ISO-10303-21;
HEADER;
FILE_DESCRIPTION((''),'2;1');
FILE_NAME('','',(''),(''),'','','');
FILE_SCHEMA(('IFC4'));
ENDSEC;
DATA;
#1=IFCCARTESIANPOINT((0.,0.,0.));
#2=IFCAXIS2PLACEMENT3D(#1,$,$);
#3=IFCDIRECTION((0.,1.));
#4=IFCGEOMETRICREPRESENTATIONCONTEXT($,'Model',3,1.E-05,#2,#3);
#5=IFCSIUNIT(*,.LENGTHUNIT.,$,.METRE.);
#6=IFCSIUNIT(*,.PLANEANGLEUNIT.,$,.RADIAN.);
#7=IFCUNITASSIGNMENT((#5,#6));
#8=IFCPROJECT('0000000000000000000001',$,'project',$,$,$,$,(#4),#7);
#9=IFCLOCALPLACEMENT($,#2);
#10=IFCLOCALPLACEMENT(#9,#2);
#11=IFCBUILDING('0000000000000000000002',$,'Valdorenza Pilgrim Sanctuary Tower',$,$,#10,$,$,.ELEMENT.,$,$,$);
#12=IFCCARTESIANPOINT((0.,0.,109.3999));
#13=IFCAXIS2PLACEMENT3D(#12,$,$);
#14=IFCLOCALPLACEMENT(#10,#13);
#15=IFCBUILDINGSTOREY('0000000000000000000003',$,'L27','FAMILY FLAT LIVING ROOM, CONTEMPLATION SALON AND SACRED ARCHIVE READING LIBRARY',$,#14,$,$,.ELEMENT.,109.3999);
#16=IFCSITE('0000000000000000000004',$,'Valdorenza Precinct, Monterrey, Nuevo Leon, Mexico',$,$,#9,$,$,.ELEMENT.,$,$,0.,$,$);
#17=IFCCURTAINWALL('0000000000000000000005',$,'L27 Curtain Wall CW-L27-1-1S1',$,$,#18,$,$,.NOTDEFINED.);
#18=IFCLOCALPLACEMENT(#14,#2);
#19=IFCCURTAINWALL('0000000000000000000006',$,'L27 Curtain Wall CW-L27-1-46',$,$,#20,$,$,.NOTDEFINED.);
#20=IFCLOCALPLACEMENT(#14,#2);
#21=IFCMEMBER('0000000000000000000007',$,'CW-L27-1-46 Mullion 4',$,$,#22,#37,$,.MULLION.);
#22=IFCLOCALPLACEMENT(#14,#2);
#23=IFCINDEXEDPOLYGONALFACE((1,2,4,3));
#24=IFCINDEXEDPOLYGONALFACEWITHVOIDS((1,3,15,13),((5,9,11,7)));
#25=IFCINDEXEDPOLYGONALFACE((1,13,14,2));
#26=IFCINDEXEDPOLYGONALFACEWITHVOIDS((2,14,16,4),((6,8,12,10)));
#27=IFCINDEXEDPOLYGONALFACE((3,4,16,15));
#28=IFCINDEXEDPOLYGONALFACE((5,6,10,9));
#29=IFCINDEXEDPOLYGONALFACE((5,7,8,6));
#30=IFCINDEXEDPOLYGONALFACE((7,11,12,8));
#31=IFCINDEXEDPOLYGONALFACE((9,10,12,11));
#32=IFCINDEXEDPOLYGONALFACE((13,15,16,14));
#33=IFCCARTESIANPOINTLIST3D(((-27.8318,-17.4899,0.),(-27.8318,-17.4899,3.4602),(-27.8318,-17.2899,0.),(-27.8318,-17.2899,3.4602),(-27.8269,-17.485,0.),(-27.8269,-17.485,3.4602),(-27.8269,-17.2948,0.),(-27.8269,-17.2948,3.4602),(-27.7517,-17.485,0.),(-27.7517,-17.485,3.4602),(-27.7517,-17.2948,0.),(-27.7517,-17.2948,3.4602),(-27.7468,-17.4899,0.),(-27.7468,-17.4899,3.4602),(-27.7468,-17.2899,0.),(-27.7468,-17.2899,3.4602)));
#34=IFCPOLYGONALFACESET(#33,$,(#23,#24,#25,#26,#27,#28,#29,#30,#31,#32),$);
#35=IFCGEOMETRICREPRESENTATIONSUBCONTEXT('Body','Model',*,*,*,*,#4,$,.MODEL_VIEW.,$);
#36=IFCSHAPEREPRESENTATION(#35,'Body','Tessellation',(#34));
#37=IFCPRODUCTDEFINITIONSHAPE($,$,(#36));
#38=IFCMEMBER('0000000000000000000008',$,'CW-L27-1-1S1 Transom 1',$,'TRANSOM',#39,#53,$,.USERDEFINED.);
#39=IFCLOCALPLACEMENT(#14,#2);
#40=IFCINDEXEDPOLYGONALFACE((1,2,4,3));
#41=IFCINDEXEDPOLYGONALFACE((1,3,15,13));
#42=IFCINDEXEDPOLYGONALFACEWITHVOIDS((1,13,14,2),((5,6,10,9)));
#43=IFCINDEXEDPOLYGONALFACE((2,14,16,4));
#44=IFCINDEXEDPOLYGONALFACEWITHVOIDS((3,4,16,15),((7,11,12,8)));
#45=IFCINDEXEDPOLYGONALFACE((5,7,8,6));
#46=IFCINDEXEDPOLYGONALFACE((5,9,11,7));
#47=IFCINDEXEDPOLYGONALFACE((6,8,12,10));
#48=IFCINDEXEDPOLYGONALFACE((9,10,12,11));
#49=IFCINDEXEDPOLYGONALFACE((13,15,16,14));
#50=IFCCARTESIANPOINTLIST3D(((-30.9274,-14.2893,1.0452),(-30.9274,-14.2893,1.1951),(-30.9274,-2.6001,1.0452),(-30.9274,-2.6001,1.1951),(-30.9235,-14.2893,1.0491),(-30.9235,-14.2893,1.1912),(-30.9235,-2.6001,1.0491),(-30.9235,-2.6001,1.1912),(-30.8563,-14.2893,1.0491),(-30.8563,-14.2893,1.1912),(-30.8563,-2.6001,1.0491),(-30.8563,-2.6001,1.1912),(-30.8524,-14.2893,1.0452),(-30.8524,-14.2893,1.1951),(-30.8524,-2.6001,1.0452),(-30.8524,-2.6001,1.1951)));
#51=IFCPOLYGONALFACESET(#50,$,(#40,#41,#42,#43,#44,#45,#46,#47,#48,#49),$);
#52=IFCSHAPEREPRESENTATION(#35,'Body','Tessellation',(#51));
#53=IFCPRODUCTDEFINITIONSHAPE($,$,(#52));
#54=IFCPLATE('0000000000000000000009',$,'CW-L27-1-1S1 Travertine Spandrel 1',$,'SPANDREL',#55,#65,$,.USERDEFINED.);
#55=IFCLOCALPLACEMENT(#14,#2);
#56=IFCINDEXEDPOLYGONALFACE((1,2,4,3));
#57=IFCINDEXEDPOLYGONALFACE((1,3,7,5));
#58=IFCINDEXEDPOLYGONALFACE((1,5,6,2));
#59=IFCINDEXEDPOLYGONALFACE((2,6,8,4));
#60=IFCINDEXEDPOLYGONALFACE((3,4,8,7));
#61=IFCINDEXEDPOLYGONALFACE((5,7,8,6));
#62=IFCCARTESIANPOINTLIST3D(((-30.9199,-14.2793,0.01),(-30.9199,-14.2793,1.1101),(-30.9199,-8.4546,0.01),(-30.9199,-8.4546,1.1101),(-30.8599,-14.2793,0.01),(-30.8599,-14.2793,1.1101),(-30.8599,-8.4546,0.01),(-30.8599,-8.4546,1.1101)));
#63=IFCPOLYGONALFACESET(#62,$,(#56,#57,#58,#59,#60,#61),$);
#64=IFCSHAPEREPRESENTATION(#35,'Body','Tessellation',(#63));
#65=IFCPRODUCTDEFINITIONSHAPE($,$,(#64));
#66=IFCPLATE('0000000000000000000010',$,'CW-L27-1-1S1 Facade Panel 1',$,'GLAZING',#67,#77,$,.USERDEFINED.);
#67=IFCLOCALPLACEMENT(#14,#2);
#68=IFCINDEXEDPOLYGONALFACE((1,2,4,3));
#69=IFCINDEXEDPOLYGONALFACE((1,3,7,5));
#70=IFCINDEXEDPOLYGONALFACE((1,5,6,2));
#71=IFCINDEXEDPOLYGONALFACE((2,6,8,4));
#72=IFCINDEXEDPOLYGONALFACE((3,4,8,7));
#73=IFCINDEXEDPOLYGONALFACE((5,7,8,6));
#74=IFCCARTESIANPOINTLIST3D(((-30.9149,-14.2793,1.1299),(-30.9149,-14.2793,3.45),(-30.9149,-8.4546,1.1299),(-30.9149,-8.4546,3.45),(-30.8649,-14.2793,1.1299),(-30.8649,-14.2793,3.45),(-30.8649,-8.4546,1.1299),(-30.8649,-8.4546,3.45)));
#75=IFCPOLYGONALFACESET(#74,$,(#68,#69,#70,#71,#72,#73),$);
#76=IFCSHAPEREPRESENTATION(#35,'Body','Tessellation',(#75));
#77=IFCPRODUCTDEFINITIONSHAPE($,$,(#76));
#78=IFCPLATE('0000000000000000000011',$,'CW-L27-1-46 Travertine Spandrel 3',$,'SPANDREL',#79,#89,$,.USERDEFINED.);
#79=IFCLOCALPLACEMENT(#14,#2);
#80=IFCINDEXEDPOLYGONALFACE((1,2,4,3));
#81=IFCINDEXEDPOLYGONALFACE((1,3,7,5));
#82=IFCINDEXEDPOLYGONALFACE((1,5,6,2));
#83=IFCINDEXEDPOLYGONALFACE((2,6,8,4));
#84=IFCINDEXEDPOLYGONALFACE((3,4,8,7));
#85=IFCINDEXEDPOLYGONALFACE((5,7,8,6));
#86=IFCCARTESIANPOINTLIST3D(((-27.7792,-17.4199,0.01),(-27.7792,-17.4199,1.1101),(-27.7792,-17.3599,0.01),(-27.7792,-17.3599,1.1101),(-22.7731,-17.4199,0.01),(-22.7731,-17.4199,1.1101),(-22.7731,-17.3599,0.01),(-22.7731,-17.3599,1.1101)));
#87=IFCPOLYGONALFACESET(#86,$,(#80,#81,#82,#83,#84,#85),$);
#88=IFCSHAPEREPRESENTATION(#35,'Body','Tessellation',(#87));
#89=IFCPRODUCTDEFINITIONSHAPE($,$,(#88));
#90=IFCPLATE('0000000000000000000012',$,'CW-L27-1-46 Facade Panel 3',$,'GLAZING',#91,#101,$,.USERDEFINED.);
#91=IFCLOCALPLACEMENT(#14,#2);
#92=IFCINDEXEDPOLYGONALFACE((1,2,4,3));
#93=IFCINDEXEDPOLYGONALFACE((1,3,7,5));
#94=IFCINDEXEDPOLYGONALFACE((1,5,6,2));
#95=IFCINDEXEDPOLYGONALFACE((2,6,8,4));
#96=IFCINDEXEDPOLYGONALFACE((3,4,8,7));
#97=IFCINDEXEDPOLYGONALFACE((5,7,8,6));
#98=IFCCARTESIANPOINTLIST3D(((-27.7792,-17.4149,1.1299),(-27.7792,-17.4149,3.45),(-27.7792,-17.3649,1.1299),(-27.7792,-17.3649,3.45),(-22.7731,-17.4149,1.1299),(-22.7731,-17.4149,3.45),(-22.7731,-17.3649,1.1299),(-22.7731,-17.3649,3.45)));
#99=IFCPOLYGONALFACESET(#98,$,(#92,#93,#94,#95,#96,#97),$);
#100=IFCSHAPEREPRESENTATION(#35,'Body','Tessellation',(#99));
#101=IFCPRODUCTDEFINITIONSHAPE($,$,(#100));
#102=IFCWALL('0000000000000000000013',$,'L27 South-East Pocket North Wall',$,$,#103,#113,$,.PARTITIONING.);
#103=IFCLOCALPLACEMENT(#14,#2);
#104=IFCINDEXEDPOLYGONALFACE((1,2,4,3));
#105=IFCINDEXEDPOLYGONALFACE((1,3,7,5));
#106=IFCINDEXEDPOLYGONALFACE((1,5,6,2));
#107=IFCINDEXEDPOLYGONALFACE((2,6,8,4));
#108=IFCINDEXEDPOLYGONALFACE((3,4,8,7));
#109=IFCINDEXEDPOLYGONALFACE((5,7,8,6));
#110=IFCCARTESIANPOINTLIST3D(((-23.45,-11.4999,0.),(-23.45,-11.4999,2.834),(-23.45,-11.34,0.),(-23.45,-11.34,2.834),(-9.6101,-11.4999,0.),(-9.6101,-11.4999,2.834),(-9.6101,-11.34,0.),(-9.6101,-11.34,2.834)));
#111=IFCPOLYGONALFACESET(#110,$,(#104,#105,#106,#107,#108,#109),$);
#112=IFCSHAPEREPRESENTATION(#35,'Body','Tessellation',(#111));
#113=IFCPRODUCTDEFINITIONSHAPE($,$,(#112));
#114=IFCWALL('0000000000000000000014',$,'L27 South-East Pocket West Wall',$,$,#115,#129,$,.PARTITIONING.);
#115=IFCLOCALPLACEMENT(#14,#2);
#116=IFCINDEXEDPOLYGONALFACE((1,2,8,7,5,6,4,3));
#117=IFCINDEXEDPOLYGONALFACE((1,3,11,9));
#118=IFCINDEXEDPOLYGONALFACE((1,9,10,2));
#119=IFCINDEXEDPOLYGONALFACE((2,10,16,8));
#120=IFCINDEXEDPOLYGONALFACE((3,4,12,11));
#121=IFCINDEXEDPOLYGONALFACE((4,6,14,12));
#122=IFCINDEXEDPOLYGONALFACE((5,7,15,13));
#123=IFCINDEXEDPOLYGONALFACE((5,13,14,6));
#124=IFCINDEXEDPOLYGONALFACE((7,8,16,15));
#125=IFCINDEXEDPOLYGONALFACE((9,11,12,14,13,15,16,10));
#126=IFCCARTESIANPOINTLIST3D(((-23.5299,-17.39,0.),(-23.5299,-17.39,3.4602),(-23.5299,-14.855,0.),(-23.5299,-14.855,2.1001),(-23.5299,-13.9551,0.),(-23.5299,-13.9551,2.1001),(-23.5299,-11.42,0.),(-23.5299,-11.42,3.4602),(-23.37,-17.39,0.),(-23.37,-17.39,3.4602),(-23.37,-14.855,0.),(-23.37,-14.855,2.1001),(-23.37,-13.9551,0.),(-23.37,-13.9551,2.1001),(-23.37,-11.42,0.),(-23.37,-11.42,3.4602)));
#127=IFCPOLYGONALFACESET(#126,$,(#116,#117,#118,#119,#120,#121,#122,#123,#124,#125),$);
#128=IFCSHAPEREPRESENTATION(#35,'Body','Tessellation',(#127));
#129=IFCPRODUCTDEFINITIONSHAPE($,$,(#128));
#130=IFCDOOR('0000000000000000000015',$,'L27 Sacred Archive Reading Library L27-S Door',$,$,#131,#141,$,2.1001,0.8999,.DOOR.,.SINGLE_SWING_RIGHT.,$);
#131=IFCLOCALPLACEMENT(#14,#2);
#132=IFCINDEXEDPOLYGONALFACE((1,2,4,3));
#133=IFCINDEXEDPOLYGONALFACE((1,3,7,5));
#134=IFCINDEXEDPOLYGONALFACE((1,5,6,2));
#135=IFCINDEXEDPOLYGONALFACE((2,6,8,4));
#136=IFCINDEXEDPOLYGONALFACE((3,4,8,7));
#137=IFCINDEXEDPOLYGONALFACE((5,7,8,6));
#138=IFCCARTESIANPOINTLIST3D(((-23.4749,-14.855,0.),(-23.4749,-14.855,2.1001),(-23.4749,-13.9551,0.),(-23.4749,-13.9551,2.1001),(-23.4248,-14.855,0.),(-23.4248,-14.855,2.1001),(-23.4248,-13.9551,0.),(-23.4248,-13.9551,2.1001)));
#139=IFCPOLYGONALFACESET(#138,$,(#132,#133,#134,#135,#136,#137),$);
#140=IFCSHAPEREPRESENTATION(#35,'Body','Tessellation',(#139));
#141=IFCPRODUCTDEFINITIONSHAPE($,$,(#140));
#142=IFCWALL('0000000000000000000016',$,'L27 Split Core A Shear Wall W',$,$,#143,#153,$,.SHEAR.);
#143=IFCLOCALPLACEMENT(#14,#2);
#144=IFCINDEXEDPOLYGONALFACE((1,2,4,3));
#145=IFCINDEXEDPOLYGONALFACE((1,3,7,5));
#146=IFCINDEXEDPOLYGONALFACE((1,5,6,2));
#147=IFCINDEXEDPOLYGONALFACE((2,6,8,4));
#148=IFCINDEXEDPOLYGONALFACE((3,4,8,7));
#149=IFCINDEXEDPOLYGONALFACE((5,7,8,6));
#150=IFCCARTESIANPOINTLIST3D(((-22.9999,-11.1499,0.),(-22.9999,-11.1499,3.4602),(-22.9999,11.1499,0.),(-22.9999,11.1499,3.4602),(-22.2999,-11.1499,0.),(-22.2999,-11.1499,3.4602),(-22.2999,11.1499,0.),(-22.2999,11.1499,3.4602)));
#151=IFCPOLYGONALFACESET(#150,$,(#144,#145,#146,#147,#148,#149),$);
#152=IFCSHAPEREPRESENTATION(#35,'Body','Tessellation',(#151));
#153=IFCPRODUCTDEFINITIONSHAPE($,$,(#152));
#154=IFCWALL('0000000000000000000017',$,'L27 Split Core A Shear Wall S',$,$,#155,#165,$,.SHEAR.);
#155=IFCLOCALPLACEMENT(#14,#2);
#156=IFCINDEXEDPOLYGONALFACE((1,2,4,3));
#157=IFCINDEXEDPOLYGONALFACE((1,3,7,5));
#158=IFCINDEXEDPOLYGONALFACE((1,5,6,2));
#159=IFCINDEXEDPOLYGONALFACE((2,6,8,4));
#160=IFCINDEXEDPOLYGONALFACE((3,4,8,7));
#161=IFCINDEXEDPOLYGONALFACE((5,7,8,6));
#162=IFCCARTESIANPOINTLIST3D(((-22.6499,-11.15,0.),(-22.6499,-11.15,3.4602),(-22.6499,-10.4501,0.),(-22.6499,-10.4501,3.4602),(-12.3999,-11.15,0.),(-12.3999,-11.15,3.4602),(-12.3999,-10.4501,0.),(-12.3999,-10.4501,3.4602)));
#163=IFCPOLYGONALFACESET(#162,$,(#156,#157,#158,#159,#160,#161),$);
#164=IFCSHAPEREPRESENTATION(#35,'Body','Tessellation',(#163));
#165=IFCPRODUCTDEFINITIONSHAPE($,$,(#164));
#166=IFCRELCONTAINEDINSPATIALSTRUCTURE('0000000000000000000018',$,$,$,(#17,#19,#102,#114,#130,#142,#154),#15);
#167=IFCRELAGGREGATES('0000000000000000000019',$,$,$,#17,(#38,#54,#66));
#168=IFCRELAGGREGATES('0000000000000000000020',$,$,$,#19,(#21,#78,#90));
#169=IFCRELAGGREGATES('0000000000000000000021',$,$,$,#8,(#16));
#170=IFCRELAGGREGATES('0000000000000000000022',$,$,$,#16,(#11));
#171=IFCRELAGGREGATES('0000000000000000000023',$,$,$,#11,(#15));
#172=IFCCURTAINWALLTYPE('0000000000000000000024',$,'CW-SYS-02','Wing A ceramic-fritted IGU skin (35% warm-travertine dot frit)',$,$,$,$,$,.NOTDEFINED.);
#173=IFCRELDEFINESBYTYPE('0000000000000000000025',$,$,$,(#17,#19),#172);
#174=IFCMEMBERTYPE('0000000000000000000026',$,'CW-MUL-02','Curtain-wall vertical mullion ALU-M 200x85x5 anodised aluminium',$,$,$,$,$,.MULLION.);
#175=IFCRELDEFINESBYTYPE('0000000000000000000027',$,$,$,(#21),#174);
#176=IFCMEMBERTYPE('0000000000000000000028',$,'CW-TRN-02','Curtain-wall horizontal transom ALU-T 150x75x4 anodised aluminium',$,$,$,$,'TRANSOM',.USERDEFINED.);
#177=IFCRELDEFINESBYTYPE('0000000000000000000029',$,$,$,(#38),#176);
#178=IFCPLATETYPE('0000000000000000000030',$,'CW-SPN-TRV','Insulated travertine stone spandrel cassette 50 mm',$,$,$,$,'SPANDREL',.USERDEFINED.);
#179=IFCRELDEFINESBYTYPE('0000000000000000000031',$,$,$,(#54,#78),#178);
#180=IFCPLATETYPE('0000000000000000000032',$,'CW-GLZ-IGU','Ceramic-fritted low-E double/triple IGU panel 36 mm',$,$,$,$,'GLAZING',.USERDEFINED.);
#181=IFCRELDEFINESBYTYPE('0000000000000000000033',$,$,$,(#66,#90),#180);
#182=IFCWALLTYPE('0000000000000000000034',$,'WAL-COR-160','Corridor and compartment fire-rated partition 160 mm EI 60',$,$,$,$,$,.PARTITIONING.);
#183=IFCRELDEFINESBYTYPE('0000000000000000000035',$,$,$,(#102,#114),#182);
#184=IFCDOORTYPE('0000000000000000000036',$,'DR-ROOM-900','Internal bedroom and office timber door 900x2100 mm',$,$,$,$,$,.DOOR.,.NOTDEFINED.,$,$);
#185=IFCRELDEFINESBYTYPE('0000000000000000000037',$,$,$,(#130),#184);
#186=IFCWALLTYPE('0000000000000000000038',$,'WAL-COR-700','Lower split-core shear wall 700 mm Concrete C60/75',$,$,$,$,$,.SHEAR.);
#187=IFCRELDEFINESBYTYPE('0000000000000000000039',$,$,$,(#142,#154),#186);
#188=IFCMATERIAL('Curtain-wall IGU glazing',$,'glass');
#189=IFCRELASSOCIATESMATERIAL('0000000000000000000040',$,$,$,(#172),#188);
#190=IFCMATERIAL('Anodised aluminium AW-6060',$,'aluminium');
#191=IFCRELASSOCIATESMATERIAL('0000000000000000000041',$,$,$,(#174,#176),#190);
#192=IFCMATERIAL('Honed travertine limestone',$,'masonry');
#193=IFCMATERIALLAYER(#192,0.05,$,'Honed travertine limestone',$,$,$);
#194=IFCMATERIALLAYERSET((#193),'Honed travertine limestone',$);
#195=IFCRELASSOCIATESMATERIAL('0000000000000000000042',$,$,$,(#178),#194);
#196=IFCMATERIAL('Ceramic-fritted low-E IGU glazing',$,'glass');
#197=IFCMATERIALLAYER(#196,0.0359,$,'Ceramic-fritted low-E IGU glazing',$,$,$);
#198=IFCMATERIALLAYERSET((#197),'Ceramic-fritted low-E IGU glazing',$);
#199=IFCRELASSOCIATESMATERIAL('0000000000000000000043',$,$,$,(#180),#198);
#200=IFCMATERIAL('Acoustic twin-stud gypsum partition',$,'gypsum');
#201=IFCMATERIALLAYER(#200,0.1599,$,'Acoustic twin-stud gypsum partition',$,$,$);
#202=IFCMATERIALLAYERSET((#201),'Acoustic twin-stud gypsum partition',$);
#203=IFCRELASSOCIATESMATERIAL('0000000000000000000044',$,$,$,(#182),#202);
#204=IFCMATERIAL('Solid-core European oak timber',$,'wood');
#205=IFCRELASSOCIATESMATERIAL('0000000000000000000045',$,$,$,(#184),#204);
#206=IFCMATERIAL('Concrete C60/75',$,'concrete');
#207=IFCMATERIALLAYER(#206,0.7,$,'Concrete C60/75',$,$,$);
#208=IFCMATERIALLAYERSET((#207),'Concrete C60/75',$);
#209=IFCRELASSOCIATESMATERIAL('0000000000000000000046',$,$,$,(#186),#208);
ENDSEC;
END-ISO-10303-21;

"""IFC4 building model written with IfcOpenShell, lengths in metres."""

from ifc_helpers import new_model, si_unit, direction, frame, frame_2d, origin, origin_2d, place, context, subcontext, project, spatial, rectangle, hollow_rectangle, extrude, source, transform, mapped, material, layer, layer_set, material_profile, profile_set, type_object, element, fill, aggregate, save


model = new_model("IFC4")

# Units and contexts
model_context = context("Model", 3, precision=1e-05, world=origin(), true_north=direction((0.0, 1.0)))
body_context = subcontext(model_context, "Body", "Model", "MODEL_VIEW")
ifc_project = project(units=[si_unit("LENGTHUNIT", "METRE"), si_unit("PLANEANGLEUNIT", "RADIAN")], contexts=[model_context])

# Site, building, storey
site_placement = place(None, origin())
site = spatial("IfcSite", under=ifc_project, at=site_placement, Name="Valdorenza Precinct, Monterrey, Nuevo Leon, Mexico", CompositionType="ELEMENT", RefElevation=0.0)
building_placement = place(site_placement, origin())
building = spatial("IfcBuilding", under=site, at=building_placement, Name="Valdorenza Pilgrim Sanctuary Tower", CompositionType="ELEMENT")
storey_placement = place(building_placement, frame((0.0, 0.0, 109.3999)))
storey = spatial("IfcBuildingStorey", under=building, at=storey_placement, Name="L27", Description="FAMILY FLAT LIVING ROOM, CONTEMPLATION SALON AND SACRED ARCHIVE READING LIBRARY", CompositionType="ELEMENT", Elevation=109.3999)

# Shared definitions
ifc_material_1 = material(Name="Concrete C60/75", Category="concrete")

# Curtain wall
ifc_material_2 = material(Name="Curtain-wall IGU glazing", Category="glass")
curtain_wall_type = type_object("IfcCurtainWallType", Name="CW-SYS-02", Description="Wing A ceramic-fritted IGU skin (35% warm-travertine dot frit)", PredefinedType="NOTDEFINED", material=ifc_material_2)
curtain_wall_1_placement = place(storey_placement, origin())
curtain_wall_1 = element("IfcCurtainWall", 1, at=curtain_wall_1_placement, inside=storey, type_object=curtain_wall_type, Name="L27 Curtain Wall CW-L27-1-1S1", PredefinedType="NOTDEFINED")
ifc_material_3 = material(Name="Anodised aluminium AW-6060", Category="aluminium")
ifc_material_profile_1 = material_profile(ifc_material_3, hollow_rectangle(XDim=0.085, YDim=0.2, WallThickness=0.0049, at=origin_2d()), Name="ALU-M 200x85x5")
ifc_profile_set_1 = profile_set([ifc_material_profile_1], Name="Anodised aluminium AW-6060")
member_type_1 = type_object("IfcMemberType", Name="CW-MUL-02", Description="Curtain-wall vertical mullion ALU-M 200x85x5 anodised aluminium", PredefinedType="MULLION", material=ifc_profile_set_1)
shared_shape_1 = source(origin(), body_context, "Body", "SweptSolid", [
    extrude(hollow_rectangle(XDim=0.085, YDim=0.2, WallThickness=0.0049, at=origin_2d()), origin(), (0.0, 0.0, 1.0), 3.4602),
])

# Curtain wall, member
curtain_wall_2_placement = place(storey_placement, origin())
curtain_wall_2 = element("IfcCurtainWall", 2, at=curtain_wall_2_placement, inside=storey, type_object=curtain_wall_type, Name="L27 Curtain Wall CW-L27-1-46", PredefinedType="NOTDEFINED")
member_1_placement = place(storey_placement, frame((-27.7893, -17.3899, 0.0), z_axis=(0.0, 0.0, 1.0), x_axis=(-1.0, 0.0, 0.0)))
member_1 = element("IfcMember", 3, at=member_1_placement, type_object=member_type_1, Name="CW-L27-1-46 Mullion 4", PredefinedType="MULLION", context=body_context, shape_type="MappedRepresentation", body=[
    mapped(shared_shape_1, transform((0.0, 0.0, 0.0), x_axis=(1.0, 0.0, 0.0), y_axis=(0.0, 1.0, 0.0), z_axis=(0.0, 0.0, 1.0), scale=1.0)),
])

# Member
ifc_material_profile_2 = material_profile(ifc_material_3, hollow_rectangle(XDim=0.075, YDim=0.1499, WallThickness=0.0039, at=origin_2d()), Name="ALU-T 150x75x4")
ifc_profile_set_2 = profile_set([ifc_material_profile_2], Name="Anodised aluminium AW-6060")
member_type_2 = type_object("IfcMemberType", Name="CW-TRN-02", Description="Curtain-wall horizontal transom ALU-T 150x75x4 anodised aluminium", ElementType="TRANSOM", PredefinedType="USERDEFINED", material=ifc_profile_set_2)
shared_shape_2 = source(origin(), body_context, "Body", "SweptSolid", [
    extrude(hollow_rectangle(XDim=0.075, YDim=0.1499, WallThickness=0.0039, at=origin_2d()), origin(), (0.0, 0.0, 1.0), 11.6892),
])
member_2_placement = place(storey_placement, frame((-30.8899, -14.2893, 1.1201), z_axis=(0.0, 1.0, 0.0), x_axis=(-1.0, 0.0, 0.0)))
member_2 = element("IfcMember", 4, at=member_2_placement, type_object=member_type_2, Name="CW-L27-1-1S1 Transom 1", ObjectType="TRANSOM", PredefinedType="USERDEFINED", context=body_context, shape_type="MappedRepresentation", body=[
    mapped(shared_shape_2, transform((0.0, 0.0, 0.0), x_axis=(1.0, 0.0, 0.0), y_axis=(0.0, 1.0, 0.0), z_axis=(0.0, 0.0, 1.0), scale=1.0)),
])

# Plates
ifc_material_4 = material(Name="Honed travertine limestone", Category="masonry")
ifc_layer_1 = layer(ifc_material_4, 0.05, Name="Honed travertine limestone")
ifc_layer_set_1 = layer_set([ifc_layer_1], Name="Honed travertine limestone")
plate_type_1 = type_object("IfcPlateType", Name="CW-SPN-TRV", Description="Insulated travertine stone spandrel cassette 50 mm", ElementType="SPANDREL", PredefinedType="USERDEFINED", material=ifc_layer_set_1)
shared_shape_3 = source(origin(), body_context, "Body", "SweptSolid", [
    extrude(rectangle(XDim=5.8247, YDim=0.0601, at=origin_2d()), origin(), (0.0, 0.0, 1.0), 1.1001),
])
plate_1_placement = place(storey_placement, frame((-30.8899, -11.3669, 0.01), z_axis=(0.0, 0.0, 1.0), x_axis=(0.0, 1.0, 0.0)))
plate_1 = element("IfcPlate", 5, at=plate_1_placement, type_object=plate_type_1, Name="CW-L27-1-1S1 Travertine Spandrel 1", ObjectType="SPANDREL", PredefinedType="USERDEFINED", context=body_context, shape_type="MappedRepresentation", body=[
    mapped(shared_shape_3, transform((0.0, 0.0, 0.0), x_axis=(1.0, 0.0, 0.0), y_axis=(0.0, 1.0, 0.0), z_axis=(0.0, 0.0, 1.0), scale=1.0)),
])
ifc_material_5 = material(Name="Ceramic-fritted low-E IGU glazing", Category="glass")
ifc_layer_2 = layer(ifc_material_5, 0.0359, Name="Ceramic-fritted low-E IGU glazing")
ifc_layer_set_2 = layer_set([ifc_layer_2], Name="Ceramic-fritted low-E IGU glazing")
plate_type_2 = type_object("IfcPlateType", Name="CW-GLZ-IGU", Description="Ceramic-fritted low-E double/triple IGU panel 36 mm", ElementType="GLAZING", PredefinedType="USERDEFINED", material=ifc_layer_set_2)
shared_shape_4 = source(origin(), body_context, "Body", "SweptSolid", [
    extrude(rectangle(XDim=5.8247, YDim=0.05, at=origin_2d()), origin(), (0.0, 0.0, 1.0), 2.3201),
])
plate_2_placement = place(storey_placement, frame((-30.8899, -11.3669, 1.1299), z_axis=(0.0, 0.0, 1.0), x_axis=(0.0, 1.0, 0.0)))
plate_2 = element("IfcPlate", 6, at=plate_2_placement, type_object=plate_type_2, Name="CW-L27-1-1S1 Facade Panel 1", ObjectType="GLAZING", PredefinedType="USERDEFINED", context=body_context, shape_type="MappedRepresentation", body=[
    mapped(shared_shape_4, transform((0.0, 0.0, 0.0), x_axis=(1.0, 0.0, 0.0), y_axis=(0.0, 1.0, 0.0), z_axis=(0.0, 0.0, 1.0), scale=1.0)),
])
aggregate(curtain_wall_1, [member_2, plate_1, plate_2])
shared_shape_5 = source(origin(), body_context, "Body", "SweptSolid", [
    extrude(rectangle(XDim=5.0061, YDim=0.0601, at=origin_2d()), origin(), (0.0, 0.0, 1.0), 1.1001),
])
plate_3_placement = place(storey_placement, frame((-25.2761, -17.3899, 0.01), z_axis=(0.0, 0.0, 1.0), x_axis=(-1.0, 0.0, 0.0)))
plate_3 = element("IfcPlate", 7, at=plate_3_placement, type_object=plate_type_1, Name="CW-L27-1-46 Travertine Spandrel 3", ObjectType="SPANDREL", PredefinedType="USERDEFINED", context=body_context, shape_type="MappedRepresentation", body=[
    mapped(shared_shape_5, transform((0.0, 0.0, 0.0), x_axis=(1.0, 0.0, 0.0), y_axis=(0.0, 1.0, 0.0), z_axis=(0.0, 0.0, 1.0), scale=1.0)),
])
shared_shape_6 = source(origin(), body_context, "Body", "SweptSolid", [
    extrude(rectangle(XDim=5.0061, YDim=0.05, at=origin_2d()), origin(), (0.0, 0.0, 1.0), 2.3201),
])
plate_4_placement = place(storey_placement, frame((-25.2761, -17.3899, 1.1299), z_axis=(0.0, 0.0, 1.0), x_axis=(-1.0, 0.0, 0.0)))
plate_4 = element("IfcPlate", 8, at=plate_4_placement, type_object=plate_type_2, Name="CW-L27-1-46 Facade Panel 3", ObjectType="GLAZING", PredefinedType="USERDEFINED", context=body_context, shape_type="MappedRepresentation", body=[
    mapped(shared_shape_6, transform((0.0, 0.0, 0.0), x_axis=(1.0, 0.0, 0.0), y_axis=(0.0, 1.0, 0.0), z_axis=(0.0, 0.0, 1.0), scale=1.0)),
])
aggregate(curtain_wall_2, [member_1, plate_3, plate_4])

# Wall
ifc_material_6 = material(Name="Acoustic twin-stud gypsum partition", Category="gypsum")
ifc_layer_3 = layer(ifc_material_6, 0.1599, Name="Acoustic twin-stud gypsum partition")
ifc_layer_set_3 = layer_set([ifc_layer_3], Name="Acoustic twin-stud gypsum partition")
wall_type_1 = type_object("IfcWallType", Name="WAL-COR-160", Description="Corridor and compartment fire-rated partition 160 mm EI 60", PredefinedType="PARTITIONING", material=ifc_layer_set_3)
wall_1_placement = place(storey_placement, frame((-23.45, -11.4199, 0.0), z_axis=(0.0, 0.0, 1.0), x_axis=(1.0, 0.0, 0.0)))
element("IfcWall", 9, at=wall_1_placement, inside=storey, type_object=wall_type_1, Name="L27 South-East Pocket North Wall", PredefinedType="PARTITIONING", context=body_context, shape_type="SweptSolid", body=[
    extrude(rectangle(XDim=13.8398, YDim=0.1599, at=frame_2d((6.9199, 0.0))), origin(), (0.0, 0.0, 1.0), 2.834),
])

# Wall, opening, door
wall_2_placement = place(storey_placement, frame((-23.45, -17.3899, 0.0), z_axis=(0.0, 0.0, 1.0), x_axis=(0.0, 1.0, 0.0)))
wall_2 = element("IfcWall", 10, at=wall_2_placement, inside=storey, type_object=wall_type_1, Name="L27 South-East Pocket West Wall", PredefinedType="PARTITIONING", context=body_context, shape_type="SweptSolid", body=[
    extrude(rectangle(XDim=5.97, YDim=0.1599, at=frame_2d((2.9849, 0.0))), origin(), (0.0, 0.0, 1.0), 3.4602),
])
opening_1_placement = place(wall_2_placement, frame((2.5349, 0.0, 0.0)))
opening_1 = element("IfcOpeningElement", 11, at=opening_1_placement, cuts=wall_2, PredefinedType="OPENING", context=body_context, shape_type="SweptSolid", body=[
    extrude(rectangle(XDim=0.8999, YDim=2.1001, at=frame_2d((0.45, 1.05))), frame((0.0, 0.0947, 0.0), z_axis=(0.0, -1.0, 0.0), x_axis=(1.0, 0.0, 0.0)), (0.0, 0.0, 1.0), 0.1897),
])
ifc_material_7 = material(Name="Solid-core European oak timber", Category="wood")
door_type_1 = type_object("IfcDoorType", Name="DR-ROOM-900", Description="Internal bedroom and office timber door 900x2100 mm", OperationType="NOTDEFINED", PredefinedType="DOOR", material=ifc_material_7)
door_1_placement = place(opening_1_placement, origin())
door_1 = element("IfcDoor", 12, at=door_1_placement, inside=storey, type_object=door_type_1, Name="L27 Sacred Archive Reading Library L27-S Door", OperationType="SINGLE_SWING_RIGHT", OverallHeight=2.1001, OverallWidth=0.8999, PredefinedType="DOOR", context=body_context, shape_type="SweptSolid", body=[
    extrude(rectangle(XDim=0.8999, YDim=2.1001, at=frame_2d((0.45, 1.05))), frame((0.0, 0.0249, 0.0), z_axis=(0.0, -1.0, 0.0), x_axis=(1.0, 0.0, 0.0)), (0.0, 0.0, 1.0), 0.05),
])
fill(opening_1, door_1)

# Walls
ifc_layer_4 = layer(ifc_material_1, 0.7, Name="Concrete C60/75")
ifc_layer_set_4 = layer_set([ifc_layer_4], Name="Concrete C60/75")
wall_type_2 = type_object("IfcWallType", Name="WAL-COR-700", Description="Lower split-core shear wall 700 mm Concrete C60/75", PredefinedType="SHEAR", material=ifc_layer_set_4)
wall_3_placement = place(storey_placement, frame((-22.6499, -11.1499, 0.0), z_axis=(0.0, 0.0, 1.0), x_axis=(0.0, 1.0, 0.0)))
element("IfcWall", 13, at=wall_3_placement, inside=storey, type_object=wall_type_2, Name="L27 Split Core A Shear Wall W", PredefinedType="SHEAR", context=body_context, shape_type="SweptSolid", body=[
    extrude(rectangle(XDim=22.2998, YDim=0.7, at=frame_2d((11.1499, 0.0))), origin(), (0.0, 0.0, 1.0), 3.4602),
])
wall_4_placement = place(storey_placement, frame((-22.6499, -10.8, 0.0), z_axis=(0.0, 0.0, 1.0), x_axis=(1.0, 0.0, 0.0)))
element("IfcWall", 14, at=wall_4_placement, inside=storey, type_object=wall_type_2, Name="L27 Split Core A Shear Wall S", PredefinedType="SHEAR", context=body_context, shape_type="SweptSolid", body=[
    extrude(rectangle(XDim=10.25, YDim=0.7, at=frame_2d((5.125, 0.0))), origin(), (0.0, 0.0, 1.0), 3.4602),
])

save(model, "model.ifc")
